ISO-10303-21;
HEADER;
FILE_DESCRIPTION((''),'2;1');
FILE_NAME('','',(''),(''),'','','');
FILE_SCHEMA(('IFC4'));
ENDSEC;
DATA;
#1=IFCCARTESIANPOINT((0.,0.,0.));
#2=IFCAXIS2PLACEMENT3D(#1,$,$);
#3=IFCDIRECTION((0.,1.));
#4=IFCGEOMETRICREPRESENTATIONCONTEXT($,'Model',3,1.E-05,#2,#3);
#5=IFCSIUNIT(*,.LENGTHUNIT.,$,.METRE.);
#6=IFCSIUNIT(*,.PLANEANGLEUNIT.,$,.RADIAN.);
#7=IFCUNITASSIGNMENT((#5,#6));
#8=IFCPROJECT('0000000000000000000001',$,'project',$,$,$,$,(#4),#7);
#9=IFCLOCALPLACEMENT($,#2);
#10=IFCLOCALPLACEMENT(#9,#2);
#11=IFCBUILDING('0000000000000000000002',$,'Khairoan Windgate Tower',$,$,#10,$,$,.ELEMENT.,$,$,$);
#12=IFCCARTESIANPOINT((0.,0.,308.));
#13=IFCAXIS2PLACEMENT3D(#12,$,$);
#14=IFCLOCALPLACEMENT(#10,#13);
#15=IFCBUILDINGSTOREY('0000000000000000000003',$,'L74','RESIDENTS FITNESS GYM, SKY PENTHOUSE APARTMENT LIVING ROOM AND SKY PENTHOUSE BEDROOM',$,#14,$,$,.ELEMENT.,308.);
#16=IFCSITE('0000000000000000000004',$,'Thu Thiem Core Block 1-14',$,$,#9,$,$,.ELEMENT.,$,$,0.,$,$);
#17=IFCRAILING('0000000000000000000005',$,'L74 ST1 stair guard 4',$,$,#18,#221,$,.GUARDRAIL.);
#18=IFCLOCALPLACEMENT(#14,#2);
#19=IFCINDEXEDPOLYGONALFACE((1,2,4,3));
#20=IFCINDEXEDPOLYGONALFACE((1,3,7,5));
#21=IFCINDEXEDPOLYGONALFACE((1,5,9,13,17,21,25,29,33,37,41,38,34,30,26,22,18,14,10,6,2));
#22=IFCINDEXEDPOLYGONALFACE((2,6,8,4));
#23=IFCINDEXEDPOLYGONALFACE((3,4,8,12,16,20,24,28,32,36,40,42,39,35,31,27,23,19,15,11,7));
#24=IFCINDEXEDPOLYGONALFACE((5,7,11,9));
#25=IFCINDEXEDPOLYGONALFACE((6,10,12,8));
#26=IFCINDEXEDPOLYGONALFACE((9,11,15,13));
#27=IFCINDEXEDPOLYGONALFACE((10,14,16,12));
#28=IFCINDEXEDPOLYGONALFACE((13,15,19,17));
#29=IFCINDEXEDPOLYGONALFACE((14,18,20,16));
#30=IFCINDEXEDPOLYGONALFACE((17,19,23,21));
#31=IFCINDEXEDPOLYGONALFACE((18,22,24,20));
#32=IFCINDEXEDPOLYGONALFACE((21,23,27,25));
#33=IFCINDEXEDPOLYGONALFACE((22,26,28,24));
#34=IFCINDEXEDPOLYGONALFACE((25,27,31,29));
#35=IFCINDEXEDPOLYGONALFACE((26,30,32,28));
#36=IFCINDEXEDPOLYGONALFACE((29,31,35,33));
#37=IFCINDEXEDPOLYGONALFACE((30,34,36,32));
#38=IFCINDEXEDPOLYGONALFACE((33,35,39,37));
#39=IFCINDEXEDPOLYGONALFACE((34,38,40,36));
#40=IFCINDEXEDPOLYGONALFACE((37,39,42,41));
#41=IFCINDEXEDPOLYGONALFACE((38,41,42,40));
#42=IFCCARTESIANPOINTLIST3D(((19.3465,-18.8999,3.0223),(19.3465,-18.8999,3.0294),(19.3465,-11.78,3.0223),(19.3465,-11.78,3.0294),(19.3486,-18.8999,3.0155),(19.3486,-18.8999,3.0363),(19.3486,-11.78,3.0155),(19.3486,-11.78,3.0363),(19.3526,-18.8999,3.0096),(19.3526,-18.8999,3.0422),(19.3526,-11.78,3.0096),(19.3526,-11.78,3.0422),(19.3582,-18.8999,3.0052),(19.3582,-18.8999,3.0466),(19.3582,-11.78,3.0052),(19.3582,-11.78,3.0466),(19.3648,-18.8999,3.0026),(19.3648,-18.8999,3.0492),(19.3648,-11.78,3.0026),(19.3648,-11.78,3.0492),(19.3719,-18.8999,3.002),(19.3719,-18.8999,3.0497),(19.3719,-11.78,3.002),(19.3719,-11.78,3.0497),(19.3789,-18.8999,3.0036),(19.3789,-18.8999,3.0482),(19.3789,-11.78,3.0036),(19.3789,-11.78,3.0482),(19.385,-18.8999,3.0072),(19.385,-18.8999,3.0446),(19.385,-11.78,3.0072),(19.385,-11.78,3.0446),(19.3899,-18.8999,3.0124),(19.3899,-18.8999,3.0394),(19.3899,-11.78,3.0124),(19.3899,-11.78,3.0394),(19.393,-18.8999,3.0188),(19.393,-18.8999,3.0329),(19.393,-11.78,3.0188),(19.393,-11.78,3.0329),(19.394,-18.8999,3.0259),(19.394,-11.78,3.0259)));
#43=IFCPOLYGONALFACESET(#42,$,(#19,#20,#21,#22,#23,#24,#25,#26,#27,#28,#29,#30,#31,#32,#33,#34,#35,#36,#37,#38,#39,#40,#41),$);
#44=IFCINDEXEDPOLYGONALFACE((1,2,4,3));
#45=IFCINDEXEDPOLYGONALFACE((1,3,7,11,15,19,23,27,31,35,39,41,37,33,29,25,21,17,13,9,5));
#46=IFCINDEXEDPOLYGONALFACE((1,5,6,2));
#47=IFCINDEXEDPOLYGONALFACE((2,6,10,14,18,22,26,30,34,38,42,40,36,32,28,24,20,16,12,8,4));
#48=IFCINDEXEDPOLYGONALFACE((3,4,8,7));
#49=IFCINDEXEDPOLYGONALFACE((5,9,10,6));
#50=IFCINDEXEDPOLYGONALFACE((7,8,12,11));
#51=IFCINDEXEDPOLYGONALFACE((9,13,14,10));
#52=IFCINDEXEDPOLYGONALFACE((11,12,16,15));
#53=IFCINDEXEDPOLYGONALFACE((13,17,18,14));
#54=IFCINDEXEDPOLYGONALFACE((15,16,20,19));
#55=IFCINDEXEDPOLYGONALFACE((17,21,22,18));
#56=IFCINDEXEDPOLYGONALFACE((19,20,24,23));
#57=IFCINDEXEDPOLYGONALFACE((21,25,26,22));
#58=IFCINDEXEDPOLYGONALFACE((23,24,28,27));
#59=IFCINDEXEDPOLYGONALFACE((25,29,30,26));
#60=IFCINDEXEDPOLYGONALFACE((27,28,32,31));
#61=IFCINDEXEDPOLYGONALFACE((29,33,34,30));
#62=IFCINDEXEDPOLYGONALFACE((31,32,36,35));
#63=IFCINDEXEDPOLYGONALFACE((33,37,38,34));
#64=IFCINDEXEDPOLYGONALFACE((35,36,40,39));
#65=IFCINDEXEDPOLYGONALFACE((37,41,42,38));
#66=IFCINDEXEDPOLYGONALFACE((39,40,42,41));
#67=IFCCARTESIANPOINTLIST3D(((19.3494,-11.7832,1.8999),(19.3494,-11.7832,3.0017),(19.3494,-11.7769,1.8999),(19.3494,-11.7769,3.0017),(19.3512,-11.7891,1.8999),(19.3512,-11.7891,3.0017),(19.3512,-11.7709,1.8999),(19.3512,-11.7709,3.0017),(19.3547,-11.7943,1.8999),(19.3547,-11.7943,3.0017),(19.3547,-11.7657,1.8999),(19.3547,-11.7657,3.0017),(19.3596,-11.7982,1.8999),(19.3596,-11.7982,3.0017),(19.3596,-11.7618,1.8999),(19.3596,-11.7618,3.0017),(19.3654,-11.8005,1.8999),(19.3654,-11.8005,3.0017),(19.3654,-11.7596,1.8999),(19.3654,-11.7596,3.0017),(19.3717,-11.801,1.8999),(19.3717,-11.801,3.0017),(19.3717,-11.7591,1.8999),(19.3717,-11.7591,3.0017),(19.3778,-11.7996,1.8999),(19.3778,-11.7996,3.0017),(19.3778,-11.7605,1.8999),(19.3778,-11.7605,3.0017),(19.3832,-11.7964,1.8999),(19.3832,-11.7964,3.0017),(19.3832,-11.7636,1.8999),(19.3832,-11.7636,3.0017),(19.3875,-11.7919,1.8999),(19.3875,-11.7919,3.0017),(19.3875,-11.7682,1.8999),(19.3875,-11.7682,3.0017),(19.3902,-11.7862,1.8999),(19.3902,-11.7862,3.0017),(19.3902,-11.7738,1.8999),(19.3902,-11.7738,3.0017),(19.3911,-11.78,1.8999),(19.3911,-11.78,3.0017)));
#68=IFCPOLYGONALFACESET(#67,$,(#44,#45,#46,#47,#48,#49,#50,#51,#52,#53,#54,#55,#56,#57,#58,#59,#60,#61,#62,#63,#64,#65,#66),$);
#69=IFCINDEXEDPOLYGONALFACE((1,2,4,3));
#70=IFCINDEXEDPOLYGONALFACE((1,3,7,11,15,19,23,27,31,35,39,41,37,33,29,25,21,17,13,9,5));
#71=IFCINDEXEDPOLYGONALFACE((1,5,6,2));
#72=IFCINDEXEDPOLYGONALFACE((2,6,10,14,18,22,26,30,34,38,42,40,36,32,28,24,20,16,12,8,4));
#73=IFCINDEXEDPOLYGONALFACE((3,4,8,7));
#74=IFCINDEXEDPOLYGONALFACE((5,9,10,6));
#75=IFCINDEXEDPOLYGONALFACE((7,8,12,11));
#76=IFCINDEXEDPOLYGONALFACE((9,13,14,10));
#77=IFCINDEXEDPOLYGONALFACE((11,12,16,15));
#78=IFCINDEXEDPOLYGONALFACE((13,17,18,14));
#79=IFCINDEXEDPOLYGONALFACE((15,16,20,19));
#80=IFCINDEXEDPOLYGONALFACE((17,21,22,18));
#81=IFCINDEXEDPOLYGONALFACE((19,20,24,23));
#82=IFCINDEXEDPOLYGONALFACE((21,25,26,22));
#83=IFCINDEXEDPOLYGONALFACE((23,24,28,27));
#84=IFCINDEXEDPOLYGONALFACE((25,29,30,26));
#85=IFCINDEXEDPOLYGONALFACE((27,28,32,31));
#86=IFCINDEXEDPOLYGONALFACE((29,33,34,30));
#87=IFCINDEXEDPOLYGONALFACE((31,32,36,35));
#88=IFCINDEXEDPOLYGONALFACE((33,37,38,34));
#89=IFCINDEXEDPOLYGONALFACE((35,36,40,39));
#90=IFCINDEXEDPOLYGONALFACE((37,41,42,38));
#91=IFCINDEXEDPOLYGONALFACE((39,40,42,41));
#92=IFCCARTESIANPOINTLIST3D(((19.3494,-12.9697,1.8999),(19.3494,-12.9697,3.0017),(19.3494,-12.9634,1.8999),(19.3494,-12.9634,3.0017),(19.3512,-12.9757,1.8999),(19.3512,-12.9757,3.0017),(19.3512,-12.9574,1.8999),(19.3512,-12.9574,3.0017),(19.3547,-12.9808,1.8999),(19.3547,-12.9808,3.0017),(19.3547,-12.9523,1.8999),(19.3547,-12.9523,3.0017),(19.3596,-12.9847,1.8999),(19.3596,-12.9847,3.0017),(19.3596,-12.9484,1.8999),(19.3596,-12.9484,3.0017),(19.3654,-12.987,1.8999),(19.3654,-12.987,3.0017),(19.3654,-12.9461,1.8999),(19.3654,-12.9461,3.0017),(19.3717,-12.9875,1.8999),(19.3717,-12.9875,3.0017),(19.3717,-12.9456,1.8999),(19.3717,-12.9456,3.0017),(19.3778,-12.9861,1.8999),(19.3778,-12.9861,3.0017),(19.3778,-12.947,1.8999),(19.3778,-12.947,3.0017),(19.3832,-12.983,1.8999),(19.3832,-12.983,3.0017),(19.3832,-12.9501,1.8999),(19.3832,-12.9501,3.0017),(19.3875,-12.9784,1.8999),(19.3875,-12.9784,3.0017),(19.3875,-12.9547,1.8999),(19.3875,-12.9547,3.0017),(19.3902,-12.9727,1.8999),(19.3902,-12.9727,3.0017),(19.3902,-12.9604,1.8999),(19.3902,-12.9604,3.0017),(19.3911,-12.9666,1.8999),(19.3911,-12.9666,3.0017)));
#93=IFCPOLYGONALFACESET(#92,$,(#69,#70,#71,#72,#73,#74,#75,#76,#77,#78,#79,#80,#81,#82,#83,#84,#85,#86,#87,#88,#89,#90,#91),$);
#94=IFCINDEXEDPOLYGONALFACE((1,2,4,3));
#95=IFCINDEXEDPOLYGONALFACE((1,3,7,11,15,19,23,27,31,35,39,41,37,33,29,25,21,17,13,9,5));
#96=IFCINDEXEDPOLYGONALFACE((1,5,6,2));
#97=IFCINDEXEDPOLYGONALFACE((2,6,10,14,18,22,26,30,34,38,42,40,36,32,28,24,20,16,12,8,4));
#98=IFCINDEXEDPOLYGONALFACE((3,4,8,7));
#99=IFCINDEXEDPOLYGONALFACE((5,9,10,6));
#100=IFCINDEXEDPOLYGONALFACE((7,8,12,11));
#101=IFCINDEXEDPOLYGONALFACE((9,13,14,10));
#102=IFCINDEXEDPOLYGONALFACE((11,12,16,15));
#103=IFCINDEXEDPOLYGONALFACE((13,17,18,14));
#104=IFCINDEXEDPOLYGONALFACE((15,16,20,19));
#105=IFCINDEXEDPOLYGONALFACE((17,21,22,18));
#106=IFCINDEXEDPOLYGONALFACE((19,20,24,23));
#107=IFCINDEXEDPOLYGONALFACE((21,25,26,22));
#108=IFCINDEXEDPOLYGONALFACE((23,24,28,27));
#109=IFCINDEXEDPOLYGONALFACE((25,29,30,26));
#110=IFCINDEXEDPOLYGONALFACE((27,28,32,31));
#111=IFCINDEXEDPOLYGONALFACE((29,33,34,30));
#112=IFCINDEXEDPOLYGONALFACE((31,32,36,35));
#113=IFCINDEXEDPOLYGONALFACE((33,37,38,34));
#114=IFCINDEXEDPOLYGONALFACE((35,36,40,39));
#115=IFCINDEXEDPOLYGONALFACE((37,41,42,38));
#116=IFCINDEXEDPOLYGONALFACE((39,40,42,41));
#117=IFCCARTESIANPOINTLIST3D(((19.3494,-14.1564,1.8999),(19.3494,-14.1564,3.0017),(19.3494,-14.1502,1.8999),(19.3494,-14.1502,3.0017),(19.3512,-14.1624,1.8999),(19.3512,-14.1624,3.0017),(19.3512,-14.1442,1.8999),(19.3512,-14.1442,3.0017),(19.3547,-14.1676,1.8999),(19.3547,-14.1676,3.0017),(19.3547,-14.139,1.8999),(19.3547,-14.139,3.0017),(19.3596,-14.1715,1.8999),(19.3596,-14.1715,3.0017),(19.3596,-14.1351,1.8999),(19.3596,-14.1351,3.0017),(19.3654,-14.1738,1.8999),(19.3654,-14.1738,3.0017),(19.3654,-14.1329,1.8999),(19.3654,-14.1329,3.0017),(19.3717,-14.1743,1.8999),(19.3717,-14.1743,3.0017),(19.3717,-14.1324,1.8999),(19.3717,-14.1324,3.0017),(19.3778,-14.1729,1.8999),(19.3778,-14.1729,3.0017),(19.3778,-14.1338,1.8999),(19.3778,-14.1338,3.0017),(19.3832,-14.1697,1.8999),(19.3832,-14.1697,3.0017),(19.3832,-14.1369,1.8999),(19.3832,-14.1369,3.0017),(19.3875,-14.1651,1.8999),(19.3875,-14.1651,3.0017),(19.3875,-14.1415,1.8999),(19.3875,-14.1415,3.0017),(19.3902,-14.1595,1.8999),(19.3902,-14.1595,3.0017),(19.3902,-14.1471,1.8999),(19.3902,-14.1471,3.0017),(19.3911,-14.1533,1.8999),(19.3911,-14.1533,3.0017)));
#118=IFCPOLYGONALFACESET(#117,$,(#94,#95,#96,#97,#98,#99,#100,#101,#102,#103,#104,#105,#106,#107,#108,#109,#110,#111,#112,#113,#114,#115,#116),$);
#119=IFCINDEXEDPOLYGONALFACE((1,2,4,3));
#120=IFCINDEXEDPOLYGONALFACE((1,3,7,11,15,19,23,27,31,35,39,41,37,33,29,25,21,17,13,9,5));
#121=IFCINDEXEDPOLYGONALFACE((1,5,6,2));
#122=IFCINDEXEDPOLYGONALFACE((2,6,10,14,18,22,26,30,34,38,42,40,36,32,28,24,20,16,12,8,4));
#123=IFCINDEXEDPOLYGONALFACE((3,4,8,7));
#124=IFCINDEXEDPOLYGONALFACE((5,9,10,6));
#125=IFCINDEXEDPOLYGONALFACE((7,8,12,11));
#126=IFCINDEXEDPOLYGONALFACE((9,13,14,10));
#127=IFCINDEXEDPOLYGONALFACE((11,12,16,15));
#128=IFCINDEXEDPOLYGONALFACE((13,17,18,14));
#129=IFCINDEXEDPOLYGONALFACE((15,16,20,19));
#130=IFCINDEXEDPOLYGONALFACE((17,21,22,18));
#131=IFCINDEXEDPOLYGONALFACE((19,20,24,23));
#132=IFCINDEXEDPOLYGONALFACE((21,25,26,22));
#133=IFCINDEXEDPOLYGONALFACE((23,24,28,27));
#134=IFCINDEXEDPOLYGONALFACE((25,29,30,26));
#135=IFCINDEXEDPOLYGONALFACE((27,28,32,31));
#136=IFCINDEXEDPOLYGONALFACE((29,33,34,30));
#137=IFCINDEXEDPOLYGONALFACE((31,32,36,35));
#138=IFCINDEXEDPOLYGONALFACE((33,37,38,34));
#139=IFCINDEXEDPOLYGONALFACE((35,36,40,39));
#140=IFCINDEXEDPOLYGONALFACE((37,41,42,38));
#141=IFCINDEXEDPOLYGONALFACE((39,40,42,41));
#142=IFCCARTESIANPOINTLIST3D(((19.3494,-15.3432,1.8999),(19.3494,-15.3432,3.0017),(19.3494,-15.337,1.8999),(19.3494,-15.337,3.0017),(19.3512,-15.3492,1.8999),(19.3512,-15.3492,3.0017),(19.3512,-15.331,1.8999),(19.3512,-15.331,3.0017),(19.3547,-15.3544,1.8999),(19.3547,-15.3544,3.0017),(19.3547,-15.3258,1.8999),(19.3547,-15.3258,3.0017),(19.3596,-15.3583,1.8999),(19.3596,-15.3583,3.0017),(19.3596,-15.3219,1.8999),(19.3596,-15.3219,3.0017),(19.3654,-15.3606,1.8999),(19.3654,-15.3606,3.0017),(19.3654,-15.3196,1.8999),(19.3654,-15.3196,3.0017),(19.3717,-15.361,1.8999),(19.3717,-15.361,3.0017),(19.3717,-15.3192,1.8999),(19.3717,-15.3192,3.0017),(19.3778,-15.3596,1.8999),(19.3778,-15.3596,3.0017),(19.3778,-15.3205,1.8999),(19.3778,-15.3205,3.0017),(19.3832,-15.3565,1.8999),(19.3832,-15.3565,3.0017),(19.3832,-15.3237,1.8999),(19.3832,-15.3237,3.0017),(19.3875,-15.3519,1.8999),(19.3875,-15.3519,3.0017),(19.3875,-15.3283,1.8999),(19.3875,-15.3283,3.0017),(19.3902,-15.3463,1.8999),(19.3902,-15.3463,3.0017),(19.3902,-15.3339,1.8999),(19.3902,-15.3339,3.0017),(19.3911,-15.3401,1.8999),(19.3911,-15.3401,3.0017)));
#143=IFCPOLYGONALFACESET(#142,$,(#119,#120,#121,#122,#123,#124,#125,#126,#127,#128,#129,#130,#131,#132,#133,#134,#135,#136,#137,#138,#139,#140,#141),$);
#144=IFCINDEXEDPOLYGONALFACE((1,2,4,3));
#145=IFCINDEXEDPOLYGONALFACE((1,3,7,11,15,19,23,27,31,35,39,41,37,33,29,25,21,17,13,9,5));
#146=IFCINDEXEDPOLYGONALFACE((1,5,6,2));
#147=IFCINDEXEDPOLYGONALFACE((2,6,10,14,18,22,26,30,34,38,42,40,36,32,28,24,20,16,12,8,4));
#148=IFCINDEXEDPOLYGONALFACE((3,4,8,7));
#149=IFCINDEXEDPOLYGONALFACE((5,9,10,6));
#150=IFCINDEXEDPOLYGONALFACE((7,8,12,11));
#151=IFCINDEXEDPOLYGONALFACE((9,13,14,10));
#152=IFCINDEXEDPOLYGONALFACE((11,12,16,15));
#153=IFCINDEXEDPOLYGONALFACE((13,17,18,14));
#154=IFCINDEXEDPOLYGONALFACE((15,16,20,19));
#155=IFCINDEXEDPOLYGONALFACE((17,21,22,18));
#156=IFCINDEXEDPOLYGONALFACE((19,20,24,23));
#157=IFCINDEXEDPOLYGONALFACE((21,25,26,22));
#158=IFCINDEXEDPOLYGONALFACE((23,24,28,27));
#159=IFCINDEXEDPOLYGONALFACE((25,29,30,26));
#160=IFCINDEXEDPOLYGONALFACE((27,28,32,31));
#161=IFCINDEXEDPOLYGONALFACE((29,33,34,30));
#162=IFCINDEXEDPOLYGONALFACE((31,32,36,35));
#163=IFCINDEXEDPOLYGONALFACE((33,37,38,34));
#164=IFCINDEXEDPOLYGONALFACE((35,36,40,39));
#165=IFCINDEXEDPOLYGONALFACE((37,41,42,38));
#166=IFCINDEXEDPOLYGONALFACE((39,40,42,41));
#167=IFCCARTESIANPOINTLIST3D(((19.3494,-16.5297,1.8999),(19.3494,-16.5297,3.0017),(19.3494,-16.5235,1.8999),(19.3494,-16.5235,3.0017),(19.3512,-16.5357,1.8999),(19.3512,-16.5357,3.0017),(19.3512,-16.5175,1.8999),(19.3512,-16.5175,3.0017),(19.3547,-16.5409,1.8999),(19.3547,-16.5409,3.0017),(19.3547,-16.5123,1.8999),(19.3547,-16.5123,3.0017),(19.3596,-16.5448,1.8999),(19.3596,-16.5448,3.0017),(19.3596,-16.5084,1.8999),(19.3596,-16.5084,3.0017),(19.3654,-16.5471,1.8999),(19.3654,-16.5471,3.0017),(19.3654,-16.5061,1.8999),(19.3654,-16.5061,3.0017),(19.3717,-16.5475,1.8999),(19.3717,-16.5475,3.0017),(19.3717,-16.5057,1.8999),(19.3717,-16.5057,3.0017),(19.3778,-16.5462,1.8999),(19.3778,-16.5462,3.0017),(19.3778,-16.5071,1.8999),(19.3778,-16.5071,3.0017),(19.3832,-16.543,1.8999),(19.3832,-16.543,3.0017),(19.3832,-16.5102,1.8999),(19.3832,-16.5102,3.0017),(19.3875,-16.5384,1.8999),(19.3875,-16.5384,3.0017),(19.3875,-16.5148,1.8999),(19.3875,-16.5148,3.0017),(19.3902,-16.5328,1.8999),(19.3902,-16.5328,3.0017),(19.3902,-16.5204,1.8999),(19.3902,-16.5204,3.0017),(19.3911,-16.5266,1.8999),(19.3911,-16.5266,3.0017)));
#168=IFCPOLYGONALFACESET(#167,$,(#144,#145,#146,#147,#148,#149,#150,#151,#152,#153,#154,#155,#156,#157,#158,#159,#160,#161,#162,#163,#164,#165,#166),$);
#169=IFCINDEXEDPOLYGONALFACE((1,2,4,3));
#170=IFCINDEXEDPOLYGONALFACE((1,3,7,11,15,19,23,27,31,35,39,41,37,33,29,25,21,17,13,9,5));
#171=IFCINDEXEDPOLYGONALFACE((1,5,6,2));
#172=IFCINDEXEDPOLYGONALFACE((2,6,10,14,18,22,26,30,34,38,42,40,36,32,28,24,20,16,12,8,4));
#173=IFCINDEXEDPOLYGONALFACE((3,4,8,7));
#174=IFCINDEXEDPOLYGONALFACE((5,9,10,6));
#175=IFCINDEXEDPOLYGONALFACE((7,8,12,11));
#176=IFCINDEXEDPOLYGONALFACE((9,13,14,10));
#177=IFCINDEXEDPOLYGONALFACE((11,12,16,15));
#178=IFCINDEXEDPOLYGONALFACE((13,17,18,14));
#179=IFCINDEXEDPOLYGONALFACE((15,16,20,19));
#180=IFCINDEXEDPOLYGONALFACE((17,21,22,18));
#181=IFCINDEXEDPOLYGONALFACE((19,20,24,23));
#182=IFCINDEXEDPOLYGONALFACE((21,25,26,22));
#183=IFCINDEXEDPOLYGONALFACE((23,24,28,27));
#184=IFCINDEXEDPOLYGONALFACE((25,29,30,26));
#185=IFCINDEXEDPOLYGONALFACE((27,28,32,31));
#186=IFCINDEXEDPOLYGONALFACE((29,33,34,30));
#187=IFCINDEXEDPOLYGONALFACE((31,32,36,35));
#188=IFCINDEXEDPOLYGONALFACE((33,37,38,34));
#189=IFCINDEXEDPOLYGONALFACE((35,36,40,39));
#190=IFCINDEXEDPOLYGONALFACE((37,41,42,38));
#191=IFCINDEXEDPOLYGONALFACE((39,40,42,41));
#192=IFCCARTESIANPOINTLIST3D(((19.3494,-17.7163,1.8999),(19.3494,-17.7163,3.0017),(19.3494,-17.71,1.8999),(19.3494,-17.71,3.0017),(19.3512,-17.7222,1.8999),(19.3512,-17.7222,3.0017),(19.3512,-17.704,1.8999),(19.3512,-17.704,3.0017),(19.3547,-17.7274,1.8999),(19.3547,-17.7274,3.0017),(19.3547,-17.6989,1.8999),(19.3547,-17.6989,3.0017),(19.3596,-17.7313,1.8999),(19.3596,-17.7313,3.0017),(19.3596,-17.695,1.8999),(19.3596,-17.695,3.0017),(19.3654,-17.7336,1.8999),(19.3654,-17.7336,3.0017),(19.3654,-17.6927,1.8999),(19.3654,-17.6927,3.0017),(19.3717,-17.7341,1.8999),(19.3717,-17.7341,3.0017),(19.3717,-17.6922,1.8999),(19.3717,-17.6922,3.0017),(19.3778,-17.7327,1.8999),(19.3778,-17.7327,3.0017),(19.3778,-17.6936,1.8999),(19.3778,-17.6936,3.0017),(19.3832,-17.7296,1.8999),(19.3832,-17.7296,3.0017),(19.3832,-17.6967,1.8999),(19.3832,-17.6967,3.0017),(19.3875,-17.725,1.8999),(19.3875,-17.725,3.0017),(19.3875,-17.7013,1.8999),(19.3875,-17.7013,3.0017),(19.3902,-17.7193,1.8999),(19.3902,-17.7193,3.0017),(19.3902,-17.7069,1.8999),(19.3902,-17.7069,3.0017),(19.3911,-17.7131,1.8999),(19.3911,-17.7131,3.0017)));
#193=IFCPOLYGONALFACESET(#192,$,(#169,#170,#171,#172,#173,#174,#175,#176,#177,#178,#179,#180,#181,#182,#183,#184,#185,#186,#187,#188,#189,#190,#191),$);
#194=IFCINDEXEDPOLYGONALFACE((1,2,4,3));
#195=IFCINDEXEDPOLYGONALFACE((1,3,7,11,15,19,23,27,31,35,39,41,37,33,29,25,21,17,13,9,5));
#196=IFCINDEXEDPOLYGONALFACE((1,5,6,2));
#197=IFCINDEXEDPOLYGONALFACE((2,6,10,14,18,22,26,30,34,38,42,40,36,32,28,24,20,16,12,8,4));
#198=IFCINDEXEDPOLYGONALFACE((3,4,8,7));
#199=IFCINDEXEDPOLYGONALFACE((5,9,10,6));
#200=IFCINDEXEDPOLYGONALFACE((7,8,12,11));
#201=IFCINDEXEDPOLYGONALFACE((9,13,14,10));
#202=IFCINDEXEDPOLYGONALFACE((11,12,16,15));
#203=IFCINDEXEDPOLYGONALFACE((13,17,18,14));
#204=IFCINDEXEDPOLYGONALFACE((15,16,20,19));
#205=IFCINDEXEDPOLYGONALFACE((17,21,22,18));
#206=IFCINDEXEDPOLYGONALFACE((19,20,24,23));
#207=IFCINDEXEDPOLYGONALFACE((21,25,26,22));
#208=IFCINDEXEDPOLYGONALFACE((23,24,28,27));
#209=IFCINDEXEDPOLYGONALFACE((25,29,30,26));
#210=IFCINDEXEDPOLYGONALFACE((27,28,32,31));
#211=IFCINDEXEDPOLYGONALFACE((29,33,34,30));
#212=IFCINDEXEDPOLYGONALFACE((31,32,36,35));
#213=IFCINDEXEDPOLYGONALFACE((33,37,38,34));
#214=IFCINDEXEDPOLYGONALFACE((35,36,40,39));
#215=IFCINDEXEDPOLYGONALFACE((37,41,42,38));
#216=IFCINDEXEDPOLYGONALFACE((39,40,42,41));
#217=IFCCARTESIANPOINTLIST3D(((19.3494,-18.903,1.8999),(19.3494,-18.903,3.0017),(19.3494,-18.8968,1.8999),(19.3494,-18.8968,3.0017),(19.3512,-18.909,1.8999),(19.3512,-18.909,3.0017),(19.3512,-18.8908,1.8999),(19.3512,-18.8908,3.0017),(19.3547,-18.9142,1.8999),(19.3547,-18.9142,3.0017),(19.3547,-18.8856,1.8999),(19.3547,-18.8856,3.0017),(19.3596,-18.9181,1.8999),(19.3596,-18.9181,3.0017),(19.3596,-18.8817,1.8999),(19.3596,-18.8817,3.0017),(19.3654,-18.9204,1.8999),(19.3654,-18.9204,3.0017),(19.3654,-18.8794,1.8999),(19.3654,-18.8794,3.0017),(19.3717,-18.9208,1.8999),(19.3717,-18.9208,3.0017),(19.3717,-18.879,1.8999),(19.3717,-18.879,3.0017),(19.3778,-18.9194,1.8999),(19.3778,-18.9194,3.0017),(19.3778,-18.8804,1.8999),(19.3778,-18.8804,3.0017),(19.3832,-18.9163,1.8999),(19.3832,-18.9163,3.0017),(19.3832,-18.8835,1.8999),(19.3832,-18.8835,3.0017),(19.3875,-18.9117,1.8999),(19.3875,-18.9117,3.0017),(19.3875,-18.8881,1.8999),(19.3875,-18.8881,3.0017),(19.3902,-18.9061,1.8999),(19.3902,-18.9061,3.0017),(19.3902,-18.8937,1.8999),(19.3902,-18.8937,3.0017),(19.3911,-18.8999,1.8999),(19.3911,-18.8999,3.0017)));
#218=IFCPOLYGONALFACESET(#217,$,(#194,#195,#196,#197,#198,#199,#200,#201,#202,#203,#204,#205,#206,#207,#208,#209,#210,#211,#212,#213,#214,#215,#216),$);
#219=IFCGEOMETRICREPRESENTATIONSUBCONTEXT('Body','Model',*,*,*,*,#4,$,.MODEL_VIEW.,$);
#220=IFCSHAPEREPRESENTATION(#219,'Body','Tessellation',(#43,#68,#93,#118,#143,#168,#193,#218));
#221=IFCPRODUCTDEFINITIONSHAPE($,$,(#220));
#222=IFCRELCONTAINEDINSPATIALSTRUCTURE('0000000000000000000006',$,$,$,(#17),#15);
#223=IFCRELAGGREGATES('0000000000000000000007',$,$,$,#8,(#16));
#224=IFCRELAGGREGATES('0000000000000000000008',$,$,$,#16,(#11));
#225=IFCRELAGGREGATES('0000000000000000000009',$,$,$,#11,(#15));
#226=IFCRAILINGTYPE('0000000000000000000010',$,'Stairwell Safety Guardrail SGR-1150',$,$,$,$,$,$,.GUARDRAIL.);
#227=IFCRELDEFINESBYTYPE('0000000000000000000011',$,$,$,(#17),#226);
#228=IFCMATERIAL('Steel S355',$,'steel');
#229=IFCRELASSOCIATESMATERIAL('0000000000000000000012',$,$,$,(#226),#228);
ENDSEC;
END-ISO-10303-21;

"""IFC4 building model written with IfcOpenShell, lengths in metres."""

from ifc_helpers import new_model, si_unit, direction, frame, origin, origin_2d, place, context, subcontext, project, spatial, circle, extrude, material, type_object, element, save


model = new_model("IFC4")

# Units and contexts
model_context = context("Model", 3, precision=1e-05, world=origin(), true_north=direction((0.0, 1.0)))
body_context = subcontext(model_context, "Body", "Model", "MODEL_VIEW")
ifc_project = project(units=[si_unit("LENGTHUNIT", "METRE"), si_unit("PLANEANGLEUNIT", "RADIAN")], contexts=[model_context])

# Site, building, storey
site_placement = place(None, origin())
site = spatial("IfcSite", under=ifc_project, at=site_placement, Name="Thu Thiem Core Block 1-14", CompositionType="ELEMENT", RefElevation=0.0)
building_placement = place(site_placement, origin())
building = spatial("IfcBuilding", under=site, at=building_placement, Name="Khairoan Windgate Tower", CompositionType="ELEMENT")
storey_placement = place(building_placement, frame((0.0, 0.0, 308.0)))
storey = spatial("IfcBuildingStorey", under=building, at=storey_placement, Name="L74", Description="RESIDENTS FITNESS GYM, SKY PENTHOUSE APARTMENT LIVING ROOM AND SKY PENTHOUSE BEDROOM", CompositionType="ELEMENT", Elevation=308.0)

# Railing
ifc_material_1 = material(Name="Steel S355", Category="steel")
railing_type_1 = type_object("IfcRailingType", Name="Stairwell Safety Guardrail SGR-1150", PredefinedType="GUARDRAIL", material=ifc_material_1)
railing_1_placement = place(storey_placement, frame((19.3701, -11.78, 1.8999)))
element("IfcRailing", 1, at=railing_1_placement, inside=storey, type_object=railing_type_1, Name="L74 ST1 stair guard 4", PredefinedType="GUARDRAIL", context=body_context, shape_type="SweptSolid", body=[
    extrude(circle(Radius=0.0239, at=origin_2d()), frame((0.0, 0.0, 1.126), z_axis=(0.0, -1.0, 0.0), x_axis=(1.0, 0.0, 0.0)), (0.0, 0.0, 1.0), 7.1199),
    extrude(circle(Radius=0.021, at=origin_2d()), origin(), (0.0, 0.0, 1.0), 1.1018),
    extrude(circle(Radius=0.021, at=origin_2d()), frame((0.0, -1.1865, 0.0)), (0.0, 0.0, 1.0), 1.1018),
    extrude(circle(Radius=0.021, at=origin_2d()), frame((0.0, -2.3733, 0.0)), (0.0, 0.0, 1.0), 1.1018),
    extrude(circle(Radius=0.021, at=origin_2d()), frame((0.0, -3.5601, 0.0)), (0.0, 0.0, 1.0), 1.1018),
    extrude(circle(Radius=0.021, at=origin_2d()), frame((0.0, -4.7466, 0.0)), (0.0, 0.0, 1.0), 1.1018),
    extrude(circle(Radius=0.021, at=origin_2d()), frame((0.0, -5.9331, 0.0)), (0.0, 0.0, 1.0), 1.1018),
    extrude(circle(Radius=0.021, at=origin_2d()), frame((0.0, -7.1199, 0.0)), (0.0, 0.0, 1.0), 1.1018),
])

save(model, "model.ifc")
